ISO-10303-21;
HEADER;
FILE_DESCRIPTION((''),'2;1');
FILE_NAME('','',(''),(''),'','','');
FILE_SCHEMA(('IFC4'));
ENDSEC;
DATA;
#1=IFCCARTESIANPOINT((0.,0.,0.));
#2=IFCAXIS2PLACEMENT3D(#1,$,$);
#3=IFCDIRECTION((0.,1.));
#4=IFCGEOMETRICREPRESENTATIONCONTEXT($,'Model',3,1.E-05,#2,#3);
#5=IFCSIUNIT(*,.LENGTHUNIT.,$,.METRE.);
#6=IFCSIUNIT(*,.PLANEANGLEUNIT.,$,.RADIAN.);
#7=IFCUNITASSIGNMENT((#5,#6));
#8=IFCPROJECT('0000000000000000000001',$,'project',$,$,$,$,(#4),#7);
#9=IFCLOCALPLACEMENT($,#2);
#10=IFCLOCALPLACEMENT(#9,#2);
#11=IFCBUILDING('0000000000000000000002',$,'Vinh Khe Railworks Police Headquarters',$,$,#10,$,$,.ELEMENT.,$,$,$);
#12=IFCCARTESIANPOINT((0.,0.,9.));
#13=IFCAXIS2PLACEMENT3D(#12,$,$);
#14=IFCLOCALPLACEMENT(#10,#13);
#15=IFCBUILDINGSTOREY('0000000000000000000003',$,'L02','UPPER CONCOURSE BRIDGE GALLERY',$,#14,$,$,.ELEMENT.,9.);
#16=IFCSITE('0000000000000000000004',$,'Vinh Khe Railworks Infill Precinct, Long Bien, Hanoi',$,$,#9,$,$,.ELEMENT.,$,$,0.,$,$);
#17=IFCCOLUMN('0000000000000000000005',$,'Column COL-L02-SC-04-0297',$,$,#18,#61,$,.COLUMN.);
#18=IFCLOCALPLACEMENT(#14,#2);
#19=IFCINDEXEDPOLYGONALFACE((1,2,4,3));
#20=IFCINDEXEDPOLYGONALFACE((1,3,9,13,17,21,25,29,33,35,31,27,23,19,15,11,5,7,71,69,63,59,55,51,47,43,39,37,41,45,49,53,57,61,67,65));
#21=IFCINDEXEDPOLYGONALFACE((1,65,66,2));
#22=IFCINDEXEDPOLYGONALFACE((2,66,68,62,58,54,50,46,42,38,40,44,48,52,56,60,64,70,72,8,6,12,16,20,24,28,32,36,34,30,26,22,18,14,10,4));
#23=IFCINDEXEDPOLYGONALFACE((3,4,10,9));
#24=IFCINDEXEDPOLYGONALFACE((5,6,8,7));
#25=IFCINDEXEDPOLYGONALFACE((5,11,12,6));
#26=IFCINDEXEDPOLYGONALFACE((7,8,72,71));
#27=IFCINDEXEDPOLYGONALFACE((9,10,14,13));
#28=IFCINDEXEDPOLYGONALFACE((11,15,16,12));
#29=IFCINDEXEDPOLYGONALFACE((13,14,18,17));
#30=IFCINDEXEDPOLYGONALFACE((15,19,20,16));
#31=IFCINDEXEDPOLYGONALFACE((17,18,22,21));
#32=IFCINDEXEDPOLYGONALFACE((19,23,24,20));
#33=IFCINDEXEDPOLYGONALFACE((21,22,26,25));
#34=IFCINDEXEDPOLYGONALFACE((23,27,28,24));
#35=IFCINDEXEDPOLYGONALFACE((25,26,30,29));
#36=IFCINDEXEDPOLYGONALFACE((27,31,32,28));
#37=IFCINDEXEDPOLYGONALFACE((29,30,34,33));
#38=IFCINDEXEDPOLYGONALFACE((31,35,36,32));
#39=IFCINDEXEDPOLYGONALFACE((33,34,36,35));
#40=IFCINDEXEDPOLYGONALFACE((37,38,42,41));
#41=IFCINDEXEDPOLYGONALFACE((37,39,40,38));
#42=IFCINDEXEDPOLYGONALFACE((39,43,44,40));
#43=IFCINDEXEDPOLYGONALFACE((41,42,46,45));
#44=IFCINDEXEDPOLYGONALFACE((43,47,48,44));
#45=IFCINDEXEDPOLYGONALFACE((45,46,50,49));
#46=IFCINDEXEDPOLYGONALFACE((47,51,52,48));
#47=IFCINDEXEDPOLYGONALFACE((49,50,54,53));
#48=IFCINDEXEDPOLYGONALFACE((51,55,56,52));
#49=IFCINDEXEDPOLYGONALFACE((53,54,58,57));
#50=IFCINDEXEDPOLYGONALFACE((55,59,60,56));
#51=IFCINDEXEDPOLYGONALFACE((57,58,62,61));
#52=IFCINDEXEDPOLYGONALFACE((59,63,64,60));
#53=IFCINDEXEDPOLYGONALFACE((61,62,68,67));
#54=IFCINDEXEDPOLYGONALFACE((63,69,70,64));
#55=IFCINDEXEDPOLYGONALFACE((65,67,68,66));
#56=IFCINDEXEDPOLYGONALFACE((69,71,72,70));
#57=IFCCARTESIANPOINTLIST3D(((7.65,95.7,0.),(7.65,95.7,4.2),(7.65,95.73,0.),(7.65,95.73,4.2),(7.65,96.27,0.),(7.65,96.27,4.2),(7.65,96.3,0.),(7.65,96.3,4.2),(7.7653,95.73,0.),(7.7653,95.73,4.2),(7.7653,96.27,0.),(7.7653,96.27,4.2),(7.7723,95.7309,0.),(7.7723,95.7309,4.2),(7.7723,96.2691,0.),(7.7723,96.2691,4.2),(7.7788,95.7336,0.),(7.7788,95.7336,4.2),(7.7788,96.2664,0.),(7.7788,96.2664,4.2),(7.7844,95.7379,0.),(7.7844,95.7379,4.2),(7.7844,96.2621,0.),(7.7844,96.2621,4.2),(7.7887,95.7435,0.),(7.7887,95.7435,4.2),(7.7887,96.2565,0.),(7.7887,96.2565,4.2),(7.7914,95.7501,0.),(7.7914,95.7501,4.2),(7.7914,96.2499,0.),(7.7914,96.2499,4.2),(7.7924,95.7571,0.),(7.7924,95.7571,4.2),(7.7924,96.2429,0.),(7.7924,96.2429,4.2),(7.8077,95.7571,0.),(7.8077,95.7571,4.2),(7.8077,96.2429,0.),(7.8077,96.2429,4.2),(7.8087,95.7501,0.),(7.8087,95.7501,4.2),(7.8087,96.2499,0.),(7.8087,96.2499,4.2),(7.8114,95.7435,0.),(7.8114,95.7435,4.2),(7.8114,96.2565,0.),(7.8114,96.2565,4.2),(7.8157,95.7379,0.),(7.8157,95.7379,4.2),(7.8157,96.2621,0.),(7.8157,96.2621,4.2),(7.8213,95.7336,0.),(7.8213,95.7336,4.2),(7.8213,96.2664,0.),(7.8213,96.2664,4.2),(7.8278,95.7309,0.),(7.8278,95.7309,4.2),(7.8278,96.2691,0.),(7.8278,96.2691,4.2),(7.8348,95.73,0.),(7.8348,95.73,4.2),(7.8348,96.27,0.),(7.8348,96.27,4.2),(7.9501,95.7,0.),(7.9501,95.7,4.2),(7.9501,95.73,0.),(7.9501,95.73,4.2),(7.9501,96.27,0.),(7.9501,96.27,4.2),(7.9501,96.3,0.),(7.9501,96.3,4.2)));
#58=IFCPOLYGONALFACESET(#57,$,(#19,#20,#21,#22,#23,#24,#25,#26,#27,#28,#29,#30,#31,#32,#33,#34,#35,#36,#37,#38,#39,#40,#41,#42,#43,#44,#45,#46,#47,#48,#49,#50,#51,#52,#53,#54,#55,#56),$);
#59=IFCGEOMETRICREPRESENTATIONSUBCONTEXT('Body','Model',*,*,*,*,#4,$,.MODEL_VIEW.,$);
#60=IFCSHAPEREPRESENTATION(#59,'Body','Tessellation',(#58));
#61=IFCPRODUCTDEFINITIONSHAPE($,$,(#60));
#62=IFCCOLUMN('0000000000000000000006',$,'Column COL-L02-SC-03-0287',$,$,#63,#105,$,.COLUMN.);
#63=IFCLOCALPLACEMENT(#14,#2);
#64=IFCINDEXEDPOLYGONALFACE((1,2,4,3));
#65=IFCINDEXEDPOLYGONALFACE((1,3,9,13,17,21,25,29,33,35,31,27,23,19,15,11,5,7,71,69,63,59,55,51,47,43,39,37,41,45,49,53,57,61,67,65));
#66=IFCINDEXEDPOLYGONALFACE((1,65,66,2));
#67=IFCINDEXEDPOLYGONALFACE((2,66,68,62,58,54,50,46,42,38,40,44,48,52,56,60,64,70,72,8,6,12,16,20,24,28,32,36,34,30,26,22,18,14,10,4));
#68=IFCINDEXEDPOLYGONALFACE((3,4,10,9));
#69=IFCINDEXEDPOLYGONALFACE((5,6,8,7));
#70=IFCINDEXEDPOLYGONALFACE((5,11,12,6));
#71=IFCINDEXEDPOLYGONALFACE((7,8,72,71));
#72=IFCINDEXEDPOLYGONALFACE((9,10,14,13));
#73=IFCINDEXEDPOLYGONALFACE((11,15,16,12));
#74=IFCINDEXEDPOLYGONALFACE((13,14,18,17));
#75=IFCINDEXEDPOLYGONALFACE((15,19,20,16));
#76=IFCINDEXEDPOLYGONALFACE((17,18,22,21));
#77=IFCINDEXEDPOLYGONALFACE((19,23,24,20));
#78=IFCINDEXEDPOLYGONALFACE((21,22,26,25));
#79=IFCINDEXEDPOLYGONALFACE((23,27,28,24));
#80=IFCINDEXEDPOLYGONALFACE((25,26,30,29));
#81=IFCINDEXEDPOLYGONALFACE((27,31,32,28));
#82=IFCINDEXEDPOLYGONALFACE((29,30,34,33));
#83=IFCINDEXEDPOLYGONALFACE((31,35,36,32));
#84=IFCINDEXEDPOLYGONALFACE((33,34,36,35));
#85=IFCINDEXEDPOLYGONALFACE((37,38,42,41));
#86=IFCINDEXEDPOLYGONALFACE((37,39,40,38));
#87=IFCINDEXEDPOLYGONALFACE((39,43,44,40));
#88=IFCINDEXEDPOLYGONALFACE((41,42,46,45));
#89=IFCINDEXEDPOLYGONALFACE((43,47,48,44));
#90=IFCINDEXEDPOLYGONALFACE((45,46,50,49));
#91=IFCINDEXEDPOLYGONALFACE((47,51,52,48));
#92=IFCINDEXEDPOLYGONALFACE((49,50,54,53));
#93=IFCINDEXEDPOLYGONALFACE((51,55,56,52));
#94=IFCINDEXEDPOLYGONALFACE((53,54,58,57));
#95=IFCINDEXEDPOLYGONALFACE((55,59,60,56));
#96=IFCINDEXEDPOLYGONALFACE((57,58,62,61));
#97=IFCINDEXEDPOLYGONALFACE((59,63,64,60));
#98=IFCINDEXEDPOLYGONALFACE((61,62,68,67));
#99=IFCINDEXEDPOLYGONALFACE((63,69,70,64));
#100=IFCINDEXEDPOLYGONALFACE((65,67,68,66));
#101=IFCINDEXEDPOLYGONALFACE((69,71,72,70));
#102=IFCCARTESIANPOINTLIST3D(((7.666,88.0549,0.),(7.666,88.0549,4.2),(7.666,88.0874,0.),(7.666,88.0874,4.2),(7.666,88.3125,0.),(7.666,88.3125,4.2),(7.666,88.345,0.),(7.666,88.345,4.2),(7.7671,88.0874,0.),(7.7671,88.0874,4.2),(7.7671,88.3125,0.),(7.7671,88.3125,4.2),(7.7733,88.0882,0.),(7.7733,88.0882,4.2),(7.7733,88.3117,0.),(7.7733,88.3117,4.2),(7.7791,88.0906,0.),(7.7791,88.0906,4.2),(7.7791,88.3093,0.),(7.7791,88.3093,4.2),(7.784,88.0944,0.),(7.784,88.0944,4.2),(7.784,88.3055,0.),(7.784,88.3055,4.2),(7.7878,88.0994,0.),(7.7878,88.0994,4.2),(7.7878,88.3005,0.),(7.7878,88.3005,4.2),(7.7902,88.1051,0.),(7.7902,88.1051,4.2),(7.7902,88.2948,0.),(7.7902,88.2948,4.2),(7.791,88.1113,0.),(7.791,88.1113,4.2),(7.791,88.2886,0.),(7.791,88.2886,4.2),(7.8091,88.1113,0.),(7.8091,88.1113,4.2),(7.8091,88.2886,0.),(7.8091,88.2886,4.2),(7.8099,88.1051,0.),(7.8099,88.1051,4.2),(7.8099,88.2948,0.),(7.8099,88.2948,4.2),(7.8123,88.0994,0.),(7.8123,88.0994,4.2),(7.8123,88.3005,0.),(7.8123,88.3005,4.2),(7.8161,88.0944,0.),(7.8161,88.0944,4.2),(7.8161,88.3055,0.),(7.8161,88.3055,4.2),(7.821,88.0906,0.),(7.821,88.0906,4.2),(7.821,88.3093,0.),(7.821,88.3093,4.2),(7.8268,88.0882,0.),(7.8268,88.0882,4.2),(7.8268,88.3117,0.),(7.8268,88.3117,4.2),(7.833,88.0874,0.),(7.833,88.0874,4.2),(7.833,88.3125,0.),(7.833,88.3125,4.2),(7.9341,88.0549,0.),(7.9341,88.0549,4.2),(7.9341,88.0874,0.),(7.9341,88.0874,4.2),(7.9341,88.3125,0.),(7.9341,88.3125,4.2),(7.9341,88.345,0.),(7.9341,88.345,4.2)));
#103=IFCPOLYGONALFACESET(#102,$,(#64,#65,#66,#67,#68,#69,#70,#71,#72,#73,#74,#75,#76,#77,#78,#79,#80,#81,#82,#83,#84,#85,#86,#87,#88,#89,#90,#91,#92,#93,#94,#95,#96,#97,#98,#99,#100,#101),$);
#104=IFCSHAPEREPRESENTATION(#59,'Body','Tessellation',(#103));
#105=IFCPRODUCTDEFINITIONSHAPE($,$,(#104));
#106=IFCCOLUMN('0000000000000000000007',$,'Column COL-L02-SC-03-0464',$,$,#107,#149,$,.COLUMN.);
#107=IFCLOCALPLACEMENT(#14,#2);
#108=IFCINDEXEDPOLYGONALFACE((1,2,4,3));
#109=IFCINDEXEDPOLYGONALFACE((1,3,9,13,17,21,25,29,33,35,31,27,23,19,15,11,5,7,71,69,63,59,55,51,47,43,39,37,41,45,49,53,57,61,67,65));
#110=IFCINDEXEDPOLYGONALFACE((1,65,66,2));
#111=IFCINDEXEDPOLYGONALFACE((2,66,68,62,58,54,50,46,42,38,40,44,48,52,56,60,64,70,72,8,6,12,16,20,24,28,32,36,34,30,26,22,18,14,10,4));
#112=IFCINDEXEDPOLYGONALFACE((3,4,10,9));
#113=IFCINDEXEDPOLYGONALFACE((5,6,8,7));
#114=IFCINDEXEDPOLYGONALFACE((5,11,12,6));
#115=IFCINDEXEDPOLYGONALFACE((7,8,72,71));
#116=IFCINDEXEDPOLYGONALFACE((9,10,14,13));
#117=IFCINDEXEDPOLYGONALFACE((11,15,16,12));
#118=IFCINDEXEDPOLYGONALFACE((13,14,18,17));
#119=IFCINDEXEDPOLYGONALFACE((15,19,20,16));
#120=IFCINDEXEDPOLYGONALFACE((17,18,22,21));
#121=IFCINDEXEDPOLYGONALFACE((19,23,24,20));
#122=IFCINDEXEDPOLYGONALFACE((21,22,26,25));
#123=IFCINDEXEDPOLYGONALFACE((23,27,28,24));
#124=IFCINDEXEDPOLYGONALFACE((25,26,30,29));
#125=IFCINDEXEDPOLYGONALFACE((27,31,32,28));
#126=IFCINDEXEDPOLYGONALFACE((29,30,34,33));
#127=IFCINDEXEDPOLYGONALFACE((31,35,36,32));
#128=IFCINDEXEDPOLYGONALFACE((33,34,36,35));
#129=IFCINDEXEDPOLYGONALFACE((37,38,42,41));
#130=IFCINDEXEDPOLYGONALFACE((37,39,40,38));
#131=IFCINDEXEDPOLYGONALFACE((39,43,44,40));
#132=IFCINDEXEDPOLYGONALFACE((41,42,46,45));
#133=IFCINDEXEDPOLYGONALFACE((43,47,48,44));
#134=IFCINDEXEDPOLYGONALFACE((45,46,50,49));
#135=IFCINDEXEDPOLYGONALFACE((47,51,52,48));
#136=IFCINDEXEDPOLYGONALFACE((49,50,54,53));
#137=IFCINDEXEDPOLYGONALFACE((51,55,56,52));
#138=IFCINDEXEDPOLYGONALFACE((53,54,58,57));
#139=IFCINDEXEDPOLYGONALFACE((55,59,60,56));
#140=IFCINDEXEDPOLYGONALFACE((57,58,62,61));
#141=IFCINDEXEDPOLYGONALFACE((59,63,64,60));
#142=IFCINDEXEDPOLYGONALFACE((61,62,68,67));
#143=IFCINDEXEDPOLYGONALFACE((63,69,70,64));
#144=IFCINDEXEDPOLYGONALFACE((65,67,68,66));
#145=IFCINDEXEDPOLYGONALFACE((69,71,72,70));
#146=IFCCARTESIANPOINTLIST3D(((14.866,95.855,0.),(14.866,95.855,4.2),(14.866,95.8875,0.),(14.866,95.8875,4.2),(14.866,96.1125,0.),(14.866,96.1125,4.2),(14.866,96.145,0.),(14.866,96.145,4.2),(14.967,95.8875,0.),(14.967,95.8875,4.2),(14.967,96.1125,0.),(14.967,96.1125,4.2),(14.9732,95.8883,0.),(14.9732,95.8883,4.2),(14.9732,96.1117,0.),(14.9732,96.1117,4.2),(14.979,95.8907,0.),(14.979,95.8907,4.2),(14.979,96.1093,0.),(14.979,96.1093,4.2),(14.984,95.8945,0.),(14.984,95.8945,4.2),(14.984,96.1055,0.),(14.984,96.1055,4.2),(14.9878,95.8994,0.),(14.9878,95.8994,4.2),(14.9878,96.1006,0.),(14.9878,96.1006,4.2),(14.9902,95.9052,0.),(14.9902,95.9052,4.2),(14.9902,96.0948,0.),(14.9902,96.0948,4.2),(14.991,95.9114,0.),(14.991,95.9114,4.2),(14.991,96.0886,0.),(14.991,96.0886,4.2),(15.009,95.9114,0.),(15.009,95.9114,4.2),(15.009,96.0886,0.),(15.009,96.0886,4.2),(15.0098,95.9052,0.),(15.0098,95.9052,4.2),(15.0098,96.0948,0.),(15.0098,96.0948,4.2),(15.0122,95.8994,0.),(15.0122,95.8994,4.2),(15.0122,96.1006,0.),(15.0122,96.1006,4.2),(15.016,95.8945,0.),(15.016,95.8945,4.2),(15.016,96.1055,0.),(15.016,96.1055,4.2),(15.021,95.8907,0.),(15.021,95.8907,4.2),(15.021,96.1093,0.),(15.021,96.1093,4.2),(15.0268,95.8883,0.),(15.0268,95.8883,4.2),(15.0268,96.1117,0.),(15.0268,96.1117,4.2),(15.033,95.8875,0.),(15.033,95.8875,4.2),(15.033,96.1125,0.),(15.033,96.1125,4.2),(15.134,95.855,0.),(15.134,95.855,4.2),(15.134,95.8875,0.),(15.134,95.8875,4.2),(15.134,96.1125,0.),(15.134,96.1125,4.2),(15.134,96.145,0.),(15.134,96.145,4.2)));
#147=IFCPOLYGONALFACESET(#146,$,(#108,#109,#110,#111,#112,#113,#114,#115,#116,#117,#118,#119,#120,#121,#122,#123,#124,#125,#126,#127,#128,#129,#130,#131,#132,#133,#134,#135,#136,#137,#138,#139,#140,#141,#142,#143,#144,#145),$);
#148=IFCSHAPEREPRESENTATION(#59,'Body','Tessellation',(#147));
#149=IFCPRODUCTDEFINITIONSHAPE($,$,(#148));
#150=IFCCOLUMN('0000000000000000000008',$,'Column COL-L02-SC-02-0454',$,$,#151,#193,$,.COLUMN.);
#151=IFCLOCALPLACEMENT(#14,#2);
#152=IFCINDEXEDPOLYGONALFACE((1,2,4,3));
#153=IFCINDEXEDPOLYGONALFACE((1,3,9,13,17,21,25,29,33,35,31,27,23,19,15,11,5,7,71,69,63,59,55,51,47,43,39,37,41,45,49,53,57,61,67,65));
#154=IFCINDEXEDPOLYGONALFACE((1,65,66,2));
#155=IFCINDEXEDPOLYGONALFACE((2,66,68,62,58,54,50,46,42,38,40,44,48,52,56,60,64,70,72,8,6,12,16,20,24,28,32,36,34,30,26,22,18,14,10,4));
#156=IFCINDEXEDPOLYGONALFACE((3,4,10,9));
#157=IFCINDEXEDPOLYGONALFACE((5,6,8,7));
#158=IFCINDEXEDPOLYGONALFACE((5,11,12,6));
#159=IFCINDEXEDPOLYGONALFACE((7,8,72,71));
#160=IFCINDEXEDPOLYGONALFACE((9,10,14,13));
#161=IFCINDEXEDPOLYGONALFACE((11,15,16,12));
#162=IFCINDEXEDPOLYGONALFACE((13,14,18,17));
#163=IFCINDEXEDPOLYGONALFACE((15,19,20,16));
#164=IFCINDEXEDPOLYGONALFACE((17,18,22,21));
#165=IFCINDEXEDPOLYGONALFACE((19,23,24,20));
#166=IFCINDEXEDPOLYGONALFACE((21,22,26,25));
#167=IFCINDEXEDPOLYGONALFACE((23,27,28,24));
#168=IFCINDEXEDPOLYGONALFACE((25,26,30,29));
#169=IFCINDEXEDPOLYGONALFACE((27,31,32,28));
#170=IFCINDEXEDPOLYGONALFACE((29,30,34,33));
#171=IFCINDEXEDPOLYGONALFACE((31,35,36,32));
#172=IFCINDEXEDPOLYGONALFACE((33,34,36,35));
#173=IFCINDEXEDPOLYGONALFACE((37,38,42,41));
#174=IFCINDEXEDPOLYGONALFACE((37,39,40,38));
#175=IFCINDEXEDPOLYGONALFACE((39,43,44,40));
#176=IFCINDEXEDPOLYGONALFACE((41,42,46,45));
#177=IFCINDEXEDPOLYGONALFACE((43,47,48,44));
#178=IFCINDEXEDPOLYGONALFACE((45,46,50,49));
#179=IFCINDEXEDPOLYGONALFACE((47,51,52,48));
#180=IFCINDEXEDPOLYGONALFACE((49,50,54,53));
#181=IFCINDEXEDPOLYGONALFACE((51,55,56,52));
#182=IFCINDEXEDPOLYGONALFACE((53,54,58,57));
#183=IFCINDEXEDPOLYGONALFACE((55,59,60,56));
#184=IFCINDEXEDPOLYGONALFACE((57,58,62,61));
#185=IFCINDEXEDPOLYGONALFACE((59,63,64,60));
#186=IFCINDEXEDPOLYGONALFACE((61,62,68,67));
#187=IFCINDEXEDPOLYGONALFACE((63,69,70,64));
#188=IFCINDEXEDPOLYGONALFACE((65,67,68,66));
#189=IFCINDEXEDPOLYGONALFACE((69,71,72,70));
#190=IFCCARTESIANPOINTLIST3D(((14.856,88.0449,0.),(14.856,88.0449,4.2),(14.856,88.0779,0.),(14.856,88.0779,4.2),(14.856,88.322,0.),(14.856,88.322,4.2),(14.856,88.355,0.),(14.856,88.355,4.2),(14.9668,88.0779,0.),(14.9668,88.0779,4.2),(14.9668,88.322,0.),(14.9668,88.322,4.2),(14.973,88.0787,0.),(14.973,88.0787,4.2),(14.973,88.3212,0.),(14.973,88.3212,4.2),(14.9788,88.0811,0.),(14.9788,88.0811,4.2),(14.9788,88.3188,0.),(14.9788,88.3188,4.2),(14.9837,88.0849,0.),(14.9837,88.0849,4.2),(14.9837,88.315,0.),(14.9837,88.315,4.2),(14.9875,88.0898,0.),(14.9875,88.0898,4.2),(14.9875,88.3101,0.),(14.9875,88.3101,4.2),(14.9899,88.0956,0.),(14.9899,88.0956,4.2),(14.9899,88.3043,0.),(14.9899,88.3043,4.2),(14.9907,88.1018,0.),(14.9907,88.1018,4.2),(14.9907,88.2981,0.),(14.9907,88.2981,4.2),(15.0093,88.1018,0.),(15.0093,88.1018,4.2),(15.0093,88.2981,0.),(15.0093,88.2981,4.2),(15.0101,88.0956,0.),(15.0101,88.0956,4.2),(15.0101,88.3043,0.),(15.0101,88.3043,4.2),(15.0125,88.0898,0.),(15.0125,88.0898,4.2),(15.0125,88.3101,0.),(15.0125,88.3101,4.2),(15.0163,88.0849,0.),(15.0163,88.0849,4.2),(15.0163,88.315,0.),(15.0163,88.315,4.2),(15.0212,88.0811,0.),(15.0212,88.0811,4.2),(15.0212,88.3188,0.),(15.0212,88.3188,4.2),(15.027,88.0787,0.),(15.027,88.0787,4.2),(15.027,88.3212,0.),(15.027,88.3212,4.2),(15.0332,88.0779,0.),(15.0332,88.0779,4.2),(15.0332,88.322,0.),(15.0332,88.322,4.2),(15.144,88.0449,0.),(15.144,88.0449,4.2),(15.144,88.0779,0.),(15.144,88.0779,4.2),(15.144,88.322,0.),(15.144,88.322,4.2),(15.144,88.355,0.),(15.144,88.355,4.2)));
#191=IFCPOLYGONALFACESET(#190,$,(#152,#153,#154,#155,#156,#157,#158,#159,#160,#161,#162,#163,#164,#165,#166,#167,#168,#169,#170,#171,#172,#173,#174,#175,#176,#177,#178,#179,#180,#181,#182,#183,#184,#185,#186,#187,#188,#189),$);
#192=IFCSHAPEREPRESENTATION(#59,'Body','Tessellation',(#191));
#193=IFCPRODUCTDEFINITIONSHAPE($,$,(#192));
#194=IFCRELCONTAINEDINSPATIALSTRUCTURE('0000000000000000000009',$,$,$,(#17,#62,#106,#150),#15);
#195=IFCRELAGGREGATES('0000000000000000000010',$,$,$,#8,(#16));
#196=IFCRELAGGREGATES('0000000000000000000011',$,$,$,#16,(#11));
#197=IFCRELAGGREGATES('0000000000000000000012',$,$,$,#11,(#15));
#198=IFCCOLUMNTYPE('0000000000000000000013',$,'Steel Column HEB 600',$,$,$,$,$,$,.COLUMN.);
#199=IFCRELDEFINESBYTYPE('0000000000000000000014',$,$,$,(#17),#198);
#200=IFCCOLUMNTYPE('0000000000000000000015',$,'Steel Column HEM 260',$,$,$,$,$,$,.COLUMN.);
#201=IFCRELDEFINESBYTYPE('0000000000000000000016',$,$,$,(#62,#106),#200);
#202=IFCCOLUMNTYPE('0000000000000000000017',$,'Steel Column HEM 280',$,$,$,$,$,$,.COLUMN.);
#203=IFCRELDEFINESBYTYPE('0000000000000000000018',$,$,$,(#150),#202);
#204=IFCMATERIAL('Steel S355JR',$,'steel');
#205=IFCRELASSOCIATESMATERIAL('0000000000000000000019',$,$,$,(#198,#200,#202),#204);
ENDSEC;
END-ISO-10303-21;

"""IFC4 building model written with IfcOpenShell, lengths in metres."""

from ifc_helpers import new_model, si_unit, direction, frame, origin, origin_2d, place, context, subcontext, project, spatial, i_section, extrude, material, material_profile, profile_set, type_object, element, save


model = new_model("IFC4")

# Units and contexts
model_context = context("Model", 3, precision=1e-05, world=origin(), true_north=direction((0.0, 1.0)))
body_context = subcontext(model_context, "Body", "Model", "MODEL_VIEW")
ifc_project = project(units=[si_unit("LENGTHUNIT", "METRE"), si_unit("PLANEANGLEUNIT", "RADIAN")], contexts=[model_context])

# Site, building, storey
site_placement = place(None, origin())
site = spatial("IfcSite", under=ifc_project, at=site_placement, Name="Vinh Khe Railworks Infill Precinct, Long Bien, Hanoi", CompositionType="ELEMENT", RefElevation=0.0)
building_placement = place(site_placement, origin())
building = spatial("IfcBuilding", under=site, at=building_placement, Name="Vinh Khe Railworks Police Headquarters", CompositionType="ELEMENT")
storey_placement = place(building_placement, frame((0.0, 0.0, 9.0)))
storey = spatial("IfcBuildingStorey", under=building, at=storey_placement, Name="L02", Description="UPPER CONCOURSE BRIDGE GALLERY", CompositionType="ELEMENT", Elevation=9.0)

# Columns
ifc_material_1 = material(Name="Steel S355JR", Category="steel")
ifc_material_profile_1 = material_profile(ifc_material_1, i_section(OverallWidth=0.3, OverallDepth=0.6001, WebThickness=0.0154, FlangeThickness=0.03, FilletRadius=0.0271, at=origin_2d()), Name="HEB 600")
ifc_profile_set_1 = profile_set([ifc_material_profile_1], Name="Steel S355JR")
column_type_1 = type_object("IfcColumnType", Name="Steel Column HEB 600", PredefinedType="COLUMN", material=ifc_profile_set_1)
column_1_placement = place(storey_placement, frame((7.8, 96.0, 0.0), z_axis=(0.0, 0.0, 1.0), x_axis=(1.0, 0.0, 0.0)))
element("IfcColumn", 1, at=column_1_placement, inside=storey, type_object=column_type_1, Name="Column COL-L02-SC-04-0297", PredefinedType="COLUMN", context=body_context, shape_type="SweptSolid", body=[
    extrude(i_section(OverallWidth=0.3, OverallDepth=0.6001, WebThickness=0.0154, FlangeThickness=0.03, FilletRadius=0.0271, at=origin_2d()), origin(), (0.0, 0.0, 1.0), 4.2),
])
ifc_material_profile_2 = material_profile(ifc_material_1, i_section(OverallWidth=0.2681, OverallDepth=0.29, WebThickness=0.0181, FlangeThickness=0.0325, FilletRadius=0.0239, at=origin_2d()), Name="HEM 260")
ifc_profile_set_2 = profile_set([ifc_material_profile_2], Name="Steel S355JR")
column_type_2 = type_object("IfcColumnType", Name="Steel Column HEM 260", PredefinedType="COLUMN", material=ifc_profile_set_2)
for number, where, z_axis, x_axis, name in (
    (2, (7.8, 88.2, 0.0), (0.0, 0.0, 1.0), (1.0, 0.0, 0.0), "Column COL-L02-SC-03-0287"),
    (3, (15.0, 96.0, 0.0), (0.0, 0.0, 1.0), (1.0, 0.0, 0.0), "Column COL-L02-SC-03-0464"),
):
    element("IfcColumn", number, at=place(storey_placement, frame(where, z_axis=z_axis, x_axis=x_axis)), inside=storey, type_object=column_type_2, Name=name, PredefinedType="COLUMN", context=body_context, shape_type="SweptSolid", body=[
        extrude(i_section(OverallWidth=0.2681, OverallDepth=0.29, WebThickness=0.0181, FlangeThickness=0.0325, FilletRadius=0.0239, at=origin_2d()), origin(), (0.0, 0.0, 1.0), 4.2),
    ])
ifc_material_profile_3 = material_profile(ifc_material_1, i_section(OverallWidth=0.2881, OverallDepth=0.3101, WebThickness=0.0186, FlangeThickness=0.033, FilletRadius=0.0239, at=origin_2d()), Name="HEM 280")
ifc_profile_set_3 = profile_set([ifc_material_profile_3], Name="Steel S355JR")
column_type_3 = type_object("IfcColumnType", Name="Steel Column HEM 280", PredefinedType="COLUMN", material=ifc_profile_set_3)
for number, where, z_axis, x_axis, name in (
    (4, (15.0, 88.2, 0.0), (0.0, 0.0, 1.0), (1.0, 0.0, 0.0), "Column COL-L02-SC-02-0454"),
):
    element("IfcColumn", number, at=place(storey_placement, frame(where, z_axis=z_axis, x_axis=x_axis)), inside=storey, type_object=column_type_3, Name=name, PredefinedType="COLUMN", context=body_context, shape_type="SweptSolid", body=[
        extrude(i_section(OverallWidth=0.2881, OverallDepth=0.3101, WebThickness=0.0186, FlangeThickness=0.033, FilletRadius=0.0239, at=origin_2d()), origin(), (0.0, 0.0, 1.0), 4.2),
    ])

save(model, "model.ifc")
